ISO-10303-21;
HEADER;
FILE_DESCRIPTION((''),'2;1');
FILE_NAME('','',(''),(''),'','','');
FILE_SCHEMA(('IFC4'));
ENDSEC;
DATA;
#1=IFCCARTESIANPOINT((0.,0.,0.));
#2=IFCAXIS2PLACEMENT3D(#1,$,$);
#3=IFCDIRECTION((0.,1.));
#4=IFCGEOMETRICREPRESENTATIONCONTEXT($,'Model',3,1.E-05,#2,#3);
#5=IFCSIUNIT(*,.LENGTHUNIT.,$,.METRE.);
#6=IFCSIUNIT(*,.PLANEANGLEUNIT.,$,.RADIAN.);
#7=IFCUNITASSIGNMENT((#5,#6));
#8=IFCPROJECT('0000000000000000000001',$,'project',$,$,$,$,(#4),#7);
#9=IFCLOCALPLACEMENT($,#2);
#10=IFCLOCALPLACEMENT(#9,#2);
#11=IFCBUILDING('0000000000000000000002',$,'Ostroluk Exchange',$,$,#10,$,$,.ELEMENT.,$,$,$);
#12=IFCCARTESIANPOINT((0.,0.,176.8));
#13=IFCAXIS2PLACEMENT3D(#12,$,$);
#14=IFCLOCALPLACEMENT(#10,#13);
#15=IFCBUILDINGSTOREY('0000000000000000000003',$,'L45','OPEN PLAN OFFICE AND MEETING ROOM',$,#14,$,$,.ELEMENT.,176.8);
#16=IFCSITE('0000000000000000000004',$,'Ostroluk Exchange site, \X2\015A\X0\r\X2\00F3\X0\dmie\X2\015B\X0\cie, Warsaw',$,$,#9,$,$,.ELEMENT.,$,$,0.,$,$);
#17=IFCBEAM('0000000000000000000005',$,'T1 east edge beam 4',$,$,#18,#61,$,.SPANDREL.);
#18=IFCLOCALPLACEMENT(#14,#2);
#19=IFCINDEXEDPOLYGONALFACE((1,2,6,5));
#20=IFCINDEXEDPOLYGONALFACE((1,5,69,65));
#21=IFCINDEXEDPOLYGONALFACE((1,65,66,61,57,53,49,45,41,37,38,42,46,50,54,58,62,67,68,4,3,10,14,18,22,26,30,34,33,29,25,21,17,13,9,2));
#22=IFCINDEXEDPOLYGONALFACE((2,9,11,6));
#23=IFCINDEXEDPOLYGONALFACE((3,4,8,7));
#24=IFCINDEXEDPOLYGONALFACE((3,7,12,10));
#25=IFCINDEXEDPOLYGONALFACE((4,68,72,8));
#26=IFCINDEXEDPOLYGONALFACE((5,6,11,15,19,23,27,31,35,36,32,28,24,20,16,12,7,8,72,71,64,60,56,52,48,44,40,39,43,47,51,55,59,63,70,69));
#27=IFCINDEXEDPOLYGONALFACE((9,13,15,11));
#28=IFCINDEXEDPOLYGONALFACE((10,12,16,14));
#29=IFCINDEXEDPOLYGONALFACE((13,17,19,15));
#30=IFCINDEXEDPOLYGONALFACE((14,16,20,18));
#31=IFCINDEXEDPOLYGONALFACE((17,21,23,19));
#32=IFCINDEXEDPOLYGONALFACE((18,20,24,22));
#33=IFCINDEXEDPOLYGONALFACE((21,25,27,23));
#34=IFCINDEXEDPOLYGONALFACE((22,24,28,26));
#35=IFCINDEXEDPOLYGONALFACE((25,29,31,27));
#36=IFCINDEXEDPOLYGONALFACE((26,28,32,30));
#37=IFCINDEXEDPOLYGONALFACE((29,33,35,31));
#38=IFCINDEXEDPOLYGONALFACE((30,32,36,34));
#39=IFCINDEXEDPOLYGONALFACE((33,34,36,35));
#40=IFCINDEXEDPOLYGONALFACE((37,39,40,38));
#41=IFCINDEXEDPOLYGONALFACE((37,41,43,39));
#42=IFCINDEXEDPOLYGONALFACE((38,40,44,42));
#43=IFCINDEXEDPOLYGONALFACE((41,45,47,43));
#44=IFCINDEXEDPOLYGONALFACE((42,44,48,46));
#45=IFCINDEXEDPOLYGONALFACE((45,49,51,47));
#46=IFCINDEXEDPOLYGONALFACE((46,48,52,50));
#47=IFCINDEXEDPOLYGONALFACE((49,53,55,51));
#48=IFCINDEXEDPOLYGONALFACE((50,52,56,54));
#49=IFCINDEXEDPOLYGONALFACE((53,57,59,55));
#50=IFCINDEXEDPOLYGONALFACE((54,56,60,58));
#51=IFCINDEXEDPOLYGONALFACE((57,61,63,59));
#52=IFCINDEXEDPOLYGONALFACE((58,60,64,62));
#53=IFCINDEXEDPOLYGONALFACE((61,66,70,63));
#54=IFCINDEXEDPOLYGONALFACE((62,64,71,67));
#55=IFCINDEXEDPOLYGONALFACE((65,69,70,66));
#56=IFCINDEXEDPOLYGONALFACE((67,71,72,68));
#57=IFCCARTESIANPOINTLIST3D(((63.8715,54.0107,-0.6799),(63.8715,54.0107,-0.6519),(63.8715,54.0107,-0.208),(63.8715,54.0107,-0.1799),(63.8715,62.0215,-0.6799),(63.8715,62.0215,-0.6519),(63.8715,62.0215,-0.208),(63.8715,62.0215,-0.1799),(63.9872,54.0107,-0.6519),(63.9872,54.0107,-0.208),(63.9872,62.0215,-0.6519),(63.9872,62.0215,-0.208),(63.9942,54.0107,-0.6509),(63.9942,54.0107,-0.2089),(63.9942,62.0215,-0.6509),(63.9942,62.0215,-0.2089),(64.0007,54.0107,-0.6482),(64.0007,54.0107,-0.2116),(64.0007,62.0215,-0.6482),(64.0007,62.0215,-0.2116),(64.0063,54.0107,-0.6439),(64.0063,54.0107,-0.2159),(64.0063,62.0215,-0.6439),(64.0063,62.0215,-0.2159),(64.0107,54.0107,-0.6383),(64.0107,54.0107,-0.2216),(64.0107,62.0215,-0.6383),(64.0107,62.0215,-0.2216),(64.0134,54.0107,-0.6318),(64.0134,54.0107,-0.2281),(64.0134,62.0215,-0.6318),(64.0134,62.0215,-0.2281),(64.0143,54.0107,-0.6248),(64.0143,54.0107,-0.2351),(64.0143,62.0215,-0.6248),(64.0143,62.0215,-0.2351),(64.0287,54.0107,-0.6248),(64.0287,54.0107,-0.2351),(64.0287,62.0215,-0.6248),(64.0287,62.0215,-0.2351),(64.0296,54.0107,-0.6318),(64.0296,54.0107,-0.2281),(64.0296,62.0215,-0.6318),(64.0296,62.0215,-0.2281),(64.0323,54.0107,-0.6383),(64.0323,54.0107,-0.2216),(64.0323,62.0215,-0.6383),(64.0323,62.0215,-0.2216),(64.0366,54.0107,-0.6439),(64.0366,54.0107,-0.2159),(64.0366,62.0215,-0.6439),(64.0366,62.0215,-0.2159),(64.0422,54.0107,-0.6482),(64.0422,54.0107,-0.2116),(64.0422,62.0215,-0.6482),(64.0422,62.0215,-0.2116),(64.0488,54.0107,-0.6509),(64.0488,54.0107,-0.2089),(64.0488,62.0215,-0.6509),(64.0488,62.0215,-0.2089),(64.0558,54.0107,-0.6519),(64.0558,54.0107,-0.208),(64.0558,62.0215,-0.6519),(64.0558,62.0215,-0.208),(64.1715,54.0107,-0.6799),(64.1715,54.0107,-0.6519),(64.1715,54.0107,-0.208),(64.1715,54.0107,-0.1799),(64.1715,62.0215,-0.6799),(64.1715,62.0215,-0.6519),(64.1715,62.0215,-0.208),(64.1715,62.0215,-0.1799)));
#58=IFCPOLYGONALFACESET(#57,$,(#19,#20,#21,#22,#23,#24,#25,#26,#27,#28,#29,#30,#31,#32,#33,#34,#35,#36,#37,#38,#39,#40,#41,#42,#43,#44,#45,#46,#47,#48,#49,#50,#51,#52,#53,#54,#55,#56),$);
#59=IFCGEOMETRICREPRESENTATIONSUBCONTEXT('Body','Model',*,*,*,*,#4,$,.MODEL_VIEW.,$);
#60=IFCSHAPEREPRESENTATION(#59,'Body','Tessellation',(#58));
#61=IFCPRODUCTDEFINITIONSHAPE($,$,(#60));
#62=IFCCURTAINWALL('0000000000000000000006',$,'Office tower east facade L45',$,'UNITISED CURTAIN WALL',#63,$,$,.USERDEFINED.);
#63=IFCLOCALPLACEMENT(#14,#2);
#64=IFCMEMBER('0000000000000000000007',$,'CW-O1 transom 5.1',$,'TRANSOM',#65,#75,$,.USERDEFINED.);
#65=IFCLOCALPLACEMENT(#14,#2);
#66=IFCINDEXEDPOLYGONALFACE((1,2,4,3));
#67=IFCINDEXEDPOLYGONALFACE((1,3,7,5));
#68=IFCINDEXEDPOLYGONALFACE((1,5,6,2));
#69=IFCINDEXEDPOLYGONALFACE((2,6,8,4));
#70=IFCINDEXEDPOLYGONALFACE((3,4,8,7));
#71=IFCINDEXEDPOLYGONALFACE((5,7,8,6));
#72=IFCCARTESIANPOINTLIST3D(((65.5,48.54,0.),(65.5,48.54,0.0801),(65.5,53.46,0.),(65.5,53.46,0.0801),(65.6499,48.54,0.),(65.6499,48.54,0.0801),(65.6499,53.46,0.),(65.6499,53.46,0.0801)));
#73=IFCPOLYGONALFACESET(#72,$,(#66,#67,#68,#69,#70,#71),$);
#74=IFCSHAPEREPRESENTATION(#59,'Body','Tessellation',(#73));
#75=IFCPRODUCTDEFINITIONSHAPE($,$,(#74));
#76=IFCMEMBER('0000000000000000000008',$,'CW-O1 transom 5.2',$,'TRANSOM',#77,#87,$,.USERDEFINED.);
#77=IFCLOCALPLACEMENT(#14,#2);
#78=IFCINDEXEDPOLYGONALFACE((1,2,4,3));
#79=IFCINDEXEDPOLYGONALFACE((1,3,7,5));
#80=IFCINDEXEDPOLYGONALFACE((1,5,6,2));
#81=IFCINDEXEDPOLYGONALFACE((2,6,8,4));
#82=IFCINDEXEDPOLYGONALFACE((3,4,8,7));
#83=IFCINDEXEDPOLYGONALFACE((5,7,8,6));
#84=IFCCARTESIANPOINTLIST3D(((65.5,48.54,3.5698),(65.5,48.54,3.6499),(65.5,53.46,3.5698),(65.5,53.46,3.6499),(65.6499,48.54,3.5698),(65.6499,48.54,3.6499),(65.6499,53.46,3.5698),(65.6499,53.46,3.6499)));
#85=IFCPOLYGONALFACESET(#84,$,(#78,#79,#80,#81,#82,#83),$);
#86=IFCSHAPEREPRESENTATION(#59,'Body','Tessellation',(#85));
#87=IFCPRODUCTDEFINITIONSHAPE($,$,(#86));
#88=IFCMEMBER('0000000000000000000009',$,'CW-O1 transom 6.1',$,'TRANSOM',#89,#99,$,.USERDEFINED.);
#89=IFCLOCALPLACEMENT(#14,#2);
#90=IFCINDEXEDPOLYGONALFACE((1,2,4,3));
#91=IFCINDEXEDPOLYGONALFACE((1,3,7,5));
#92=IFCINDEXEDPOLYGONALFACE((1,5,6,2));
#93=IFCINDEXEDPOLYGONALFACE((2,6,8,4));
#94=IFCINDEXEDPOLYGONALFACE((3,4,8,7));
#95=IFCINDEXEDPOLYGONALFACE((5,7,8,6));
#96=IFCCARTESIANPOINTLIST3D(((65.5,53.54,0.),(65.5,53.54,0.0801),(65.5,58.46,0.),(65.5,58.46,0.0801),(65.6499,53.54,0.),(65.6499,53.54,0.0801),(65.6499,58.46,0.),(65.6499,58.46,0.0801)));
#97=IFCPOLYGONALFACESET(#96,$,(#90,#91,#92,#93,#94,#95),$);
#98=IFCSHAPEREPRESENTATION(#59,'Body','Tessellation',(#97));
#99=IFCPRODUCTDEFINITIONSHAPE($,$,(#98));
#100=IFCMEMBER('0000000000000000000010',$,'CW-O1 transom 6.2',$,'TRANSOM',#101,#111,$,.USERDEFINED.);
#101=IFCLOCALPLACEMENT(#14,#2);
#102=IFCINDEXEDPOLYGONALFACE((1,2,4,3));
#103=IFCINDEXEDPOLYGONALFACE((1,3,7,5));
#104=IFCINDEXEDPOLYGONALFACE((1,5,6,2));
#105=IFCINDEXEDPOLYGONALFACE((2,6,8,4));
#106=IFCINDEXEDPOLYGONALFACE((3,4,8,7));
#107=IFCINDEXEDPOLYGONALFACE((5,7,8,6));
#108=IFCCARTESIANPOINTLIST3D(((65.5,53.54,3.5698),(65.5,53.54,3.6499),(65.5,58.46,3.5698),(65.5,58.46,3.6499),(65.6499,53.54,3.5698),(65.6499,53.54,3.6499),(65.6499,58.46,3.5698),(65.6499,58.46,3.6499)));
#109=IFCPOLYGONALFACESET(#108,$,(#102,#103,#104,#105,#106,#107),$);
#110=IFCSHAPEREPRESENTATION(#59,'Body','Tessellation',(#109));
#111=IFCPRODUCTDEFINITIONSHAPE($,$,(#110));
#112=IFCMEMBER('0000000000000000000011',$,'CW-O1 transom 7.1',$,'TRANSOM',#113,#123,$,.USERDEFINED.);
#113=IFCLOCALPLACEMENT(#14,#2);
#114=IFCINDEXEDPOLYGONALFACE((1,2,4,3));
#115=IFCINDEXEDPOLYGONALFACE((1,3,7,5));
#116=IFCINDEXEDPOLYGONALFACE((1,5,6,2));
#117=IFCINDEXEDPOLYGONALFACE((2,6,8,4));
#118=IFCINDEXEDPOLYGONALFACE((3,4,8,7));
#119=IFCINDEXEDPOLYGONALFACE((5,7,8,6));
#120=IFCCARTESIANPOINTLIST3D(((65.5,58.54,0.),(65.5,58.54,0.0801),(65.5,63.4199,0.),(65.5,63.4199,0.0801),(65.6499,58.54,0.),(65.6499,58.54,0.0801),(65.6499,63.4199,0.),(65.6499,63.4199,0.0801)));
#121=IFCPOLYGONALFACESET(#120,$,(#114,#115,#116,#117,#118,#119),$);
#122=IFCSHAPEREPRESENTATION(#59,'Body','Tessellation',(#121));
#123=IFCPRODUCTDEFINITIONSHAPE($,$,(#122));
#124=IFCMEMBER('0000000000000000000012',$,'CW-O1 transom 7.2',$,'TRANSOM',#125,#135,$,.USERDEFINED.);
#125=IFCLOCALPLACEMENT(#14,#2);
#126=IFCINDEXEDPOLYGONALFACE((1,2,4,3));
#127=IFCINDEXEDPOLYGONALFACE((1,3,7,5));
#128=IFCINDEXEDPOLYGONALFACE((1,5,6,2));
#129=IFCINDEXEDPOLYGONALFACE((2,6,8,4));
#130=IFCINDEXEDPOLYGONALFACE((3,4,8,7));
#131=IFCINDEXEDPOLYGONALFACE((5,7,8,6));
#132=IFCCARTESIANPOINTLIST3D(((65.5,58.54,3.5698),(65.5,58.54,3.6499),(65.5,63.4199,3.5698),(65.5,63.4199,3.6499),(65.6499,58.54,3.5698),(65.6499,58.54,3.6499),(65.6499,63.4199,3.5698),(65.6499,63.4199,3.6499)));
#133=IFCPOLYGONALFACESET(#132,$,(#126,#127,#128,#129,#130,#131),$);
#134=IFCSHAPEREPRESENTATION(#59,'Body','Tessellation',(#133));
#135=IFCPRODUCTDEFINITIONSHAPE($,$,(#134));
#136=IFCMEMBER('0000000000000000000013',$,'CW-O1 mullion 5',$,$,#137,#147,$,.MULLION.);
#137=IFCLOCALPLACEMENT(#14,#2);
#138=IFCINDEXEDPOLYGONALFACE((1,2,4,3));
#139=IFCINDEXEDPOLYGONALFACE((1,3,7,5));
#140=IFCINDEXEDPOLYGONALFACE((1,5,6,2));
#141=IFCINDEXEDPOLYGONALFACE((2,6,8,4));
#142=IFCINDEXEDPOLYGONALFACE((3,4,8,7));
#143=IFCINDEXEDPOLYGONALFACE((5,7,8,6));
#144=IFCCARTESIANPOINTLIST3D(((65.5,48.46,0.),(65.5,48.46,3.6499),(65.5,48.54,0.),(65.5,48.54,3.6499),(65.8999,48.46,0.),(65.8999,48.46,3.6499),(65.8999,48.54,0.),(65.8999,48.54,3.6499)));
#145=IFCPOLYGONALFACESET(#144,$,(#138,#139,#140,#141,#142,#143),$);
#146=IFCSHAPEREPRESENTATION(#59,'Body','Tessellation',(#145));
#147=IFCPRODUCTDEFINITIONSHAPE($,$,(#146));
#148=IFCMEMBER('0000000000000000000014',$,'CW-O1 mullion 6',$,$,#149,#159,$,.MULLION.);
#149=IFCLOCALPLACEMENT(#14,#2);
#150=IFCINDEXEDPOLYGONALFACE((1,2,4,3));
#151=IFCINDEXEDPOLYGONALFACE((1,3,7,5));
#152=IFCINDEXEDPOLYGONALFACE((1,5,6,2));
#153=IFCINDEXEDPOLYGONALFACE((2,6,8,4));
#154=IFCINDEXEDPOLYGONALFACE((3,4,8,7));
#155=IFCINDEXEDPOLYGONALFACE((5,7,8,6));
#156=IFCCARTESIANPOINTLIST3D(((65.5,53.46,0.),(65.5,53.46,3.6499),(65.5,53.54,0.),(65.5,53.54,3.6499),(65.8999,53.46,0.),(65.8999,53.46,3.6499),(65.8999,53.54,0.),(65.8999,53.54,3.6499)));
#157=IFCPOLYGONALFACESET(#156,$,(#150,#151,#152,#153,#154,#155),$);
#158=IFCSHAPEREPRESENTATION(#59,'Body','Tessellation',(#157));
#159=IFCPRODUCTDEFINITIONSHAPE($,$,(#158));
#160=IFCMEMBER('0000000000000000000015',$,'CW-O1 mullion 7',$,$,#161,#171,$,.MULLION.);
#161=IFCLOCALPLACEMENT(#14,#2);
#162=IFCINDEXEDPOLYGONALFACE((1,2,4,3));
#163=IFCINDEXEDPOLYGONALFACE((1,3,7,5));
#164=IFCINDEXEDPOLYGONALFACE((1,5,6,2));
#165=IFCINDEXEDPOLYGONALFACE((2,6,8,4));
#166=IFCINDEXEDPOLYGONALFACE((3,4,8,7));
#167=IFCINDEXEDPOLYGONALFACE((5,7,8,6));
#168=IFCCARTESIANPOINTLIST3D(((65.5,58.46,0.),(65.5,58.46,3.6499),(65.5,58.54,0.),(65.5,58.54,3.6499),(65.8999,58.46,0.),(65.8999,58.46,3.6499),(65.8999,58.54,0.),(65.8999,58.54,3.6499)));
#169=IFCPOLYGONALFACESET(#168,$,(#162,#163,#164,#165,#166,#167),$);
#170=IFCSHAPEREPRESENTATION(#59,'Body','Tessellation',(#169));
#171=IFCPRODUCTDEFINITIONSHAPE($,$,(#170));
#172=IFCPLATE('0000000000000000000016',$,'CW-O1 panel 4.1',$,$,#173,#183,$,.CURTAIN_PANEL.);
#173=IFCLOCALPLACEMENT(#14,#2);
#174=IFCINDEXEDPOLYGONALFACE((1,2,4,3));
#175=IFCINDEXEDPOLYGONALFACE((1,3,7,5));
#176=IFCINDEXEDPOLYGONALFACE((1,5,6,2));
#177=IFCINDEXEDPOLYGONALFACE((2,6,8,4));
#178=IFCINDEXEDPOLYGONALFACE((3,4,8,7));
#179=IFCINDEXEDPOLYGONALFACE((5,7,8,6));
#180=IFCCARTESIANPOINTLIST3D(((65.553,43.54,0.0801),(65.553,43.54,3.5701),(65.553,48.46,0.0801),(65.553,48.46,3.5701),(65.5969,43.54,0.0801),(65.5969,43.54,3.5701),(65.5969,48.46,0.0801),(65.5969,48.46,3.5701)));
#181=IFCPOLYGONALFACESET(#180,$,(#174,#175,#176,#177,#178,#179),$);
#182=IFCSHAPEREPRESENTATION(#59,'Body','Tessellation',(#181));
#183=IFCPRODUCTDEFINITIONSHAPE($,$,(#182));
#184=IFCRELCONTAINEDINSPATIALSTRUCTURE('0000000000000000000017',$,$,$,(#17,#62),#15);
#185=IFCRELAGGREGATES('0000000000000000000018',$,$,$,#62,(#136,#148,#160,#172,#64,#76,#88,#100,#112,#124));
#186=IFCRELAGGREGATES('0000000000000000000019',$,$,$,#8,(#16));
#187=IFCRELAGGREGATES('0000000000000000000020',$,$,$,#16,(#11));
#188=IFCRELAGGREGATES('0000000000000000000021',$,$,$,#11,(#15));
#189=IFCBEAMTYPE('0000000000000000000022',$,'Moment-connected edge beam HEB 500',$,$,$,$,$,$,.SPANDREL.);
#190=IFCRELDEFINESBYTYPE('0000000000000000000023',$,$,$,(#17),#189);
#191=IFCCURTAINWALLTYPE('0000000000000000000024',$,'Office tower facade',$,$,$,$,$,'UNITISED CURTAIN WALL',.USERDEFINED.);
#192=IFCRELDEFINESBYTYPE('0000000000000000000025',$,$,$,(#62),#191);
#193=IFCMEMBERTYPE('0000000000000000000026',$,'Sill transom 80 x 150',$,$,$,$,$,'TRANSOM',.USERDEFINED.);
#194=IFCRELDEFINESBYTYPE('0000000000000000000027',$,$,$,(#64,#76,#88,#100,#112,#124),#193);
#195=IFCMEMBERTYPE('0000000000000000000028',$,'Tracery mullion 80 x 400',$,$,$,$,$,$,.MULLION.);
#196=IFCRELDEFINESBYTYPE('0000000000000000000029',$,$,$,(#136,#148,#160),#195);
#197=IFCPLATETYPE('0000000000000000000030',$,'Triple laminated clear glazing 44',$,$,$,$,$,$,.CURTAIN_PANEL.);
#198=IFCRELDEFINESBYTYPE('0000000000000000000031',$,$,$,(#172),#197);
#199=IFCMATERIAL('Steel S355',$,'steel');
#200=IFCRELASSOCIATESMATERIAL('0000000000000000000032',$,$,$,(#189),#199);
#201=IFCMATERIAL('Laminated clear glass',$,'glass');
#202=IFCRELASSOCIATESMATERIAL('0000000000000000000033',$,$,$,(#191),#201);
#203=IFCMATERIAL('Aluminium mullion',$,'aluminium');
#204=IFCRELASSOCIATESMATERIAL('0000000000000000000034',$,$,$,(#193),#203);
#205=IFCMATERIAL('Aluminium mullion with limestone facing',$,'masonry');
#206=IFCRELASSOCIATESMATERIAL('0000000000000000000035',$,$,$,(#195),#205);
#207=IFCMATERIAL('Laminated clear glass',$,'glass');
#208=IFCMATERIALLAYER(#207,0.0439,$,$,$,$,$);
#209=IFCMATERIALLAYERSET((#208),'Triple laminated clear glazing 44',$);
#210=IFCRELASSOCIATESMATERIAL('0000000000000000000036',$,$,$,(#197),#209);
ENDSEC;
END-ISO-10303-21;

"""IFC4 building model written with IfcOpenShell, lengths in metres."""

from ifc_helpers import new_model, si_unit, direction, frame, origin, origin_2d, place, context, subcontext, project, spatial, rectangle, i_section, extrude, material, layer, layer_set, material_profile, profile_set, type_object, element, aggregate, save


model = new_model("IFC4")

# Units and contexts
model_context = context("Model", 3, precision=1e-05, world=origin(), true_north=direction((0.0, 1.0)))
body_context = subcontext(model_context, "Body", "Model", "MODEL_VIEW")
ifc_project = project(units=[si_unit("LENGTHUNIT", "METRE"), si_unit("PLANEANGLEUNIT", "RADIAN")], contexts=[model_context])

# Site, building, storey
site_placement = place(None, origin())
site = spatial("IfcSite", under=ifc_project, at=site_placement, Name="Ostroluk Exchange site, Śródmieście, Warsaw", CompositionType="ELEMENT", RefElevation=0.0)
building_placement = place(site_placement, origin())
building = spatial("IfcBuilding", under=site, at=building_placement, Name="Ostroluk Exchange", CompositionType="ELEMENT")
storey_placement = place(building_placement, frame((0.0, 0.0, 176.8)))
storey = spatial("IfcBuildingStorey", under=building, at=storey_placement, Name="L45", Description="OPEN PLAN OFFICE AND MEETING ROOM", CompositionType="ELEMENT", Elevation=176.8)

# Beam
ifc_material_1 = material(Name="Steel S355", Category="steel")
ifc_material_profile_1 = material_profile(ifc_material_1, i_section(OverallWidth=0.3, OverallDepth=0.5, WebThickness=0.0144, FlangeThickness=0.0281, FilletRadius=0.0271, at=origin_2d()), Name="HEB 500")
ifc_profile_set_1 = profile_set([ifc_material_profile_1], Name="Steel S355")
beam_type = type_object("IfcBeamType", Name="Moment-connected edge beam HEB 500", PredefinedType="SPANDREL", material=ifc_profile_set_1)
for number, where, z_axis, x_axis, name in (
    (1, (64.0215, 54.0107, -0.4299), (0.0, 1.0, 0.0), (-1.0, 0.0, 0.0), "T1 east edge beam 4"),
):
    element("IfcBeam", number, at=place(storey_placement, frame(where, z_axis=z_axis, x_axis=x_axis)), inside=storey, type_object=beam_type, Name=name, PredefinedType="SPANDREL", context=body_context, shape_type="SweptSolid", body=[
        extrude(i_section(OverallWidth=0.3, OverallDepth=0.5, WebThickness=0.0144, FlangeThickness=0.0281, FilletRadius=0.0271, at=origin_2d()), origin(), (0.0, 0.0, 1.0), 8.0107),
    ])

# Curtain wall, members, plate
ifc_material_2 = material(Name="Laminated clear glass", Category="glass")
curtain_wall_type = type_object("IfcCurtainWallType", Name="Office tower facade", ElementType="UNITISED CURTAIN WALL", PredefinedType="USERDEFINED", material=ifc_material_2)
curtain_wall_placement = place(storey_placement, origin())
curtain_wall = element("IfcCurtainWall", 2, at=curtain_wall_placement, inside=storey, type_object=curtain_wall_type, Name="Office tower east facade L45", ObjectType="UNITISED CURTAIN WALL", PredefinedType="USERDEFINED")
ifc_material_3 = material(Name="Aluminium mullion", Category="aluminium")
ifc_material_profile_2 = material_profile(ifc_material_3, rectangle(XDim=0.1499, YDim=0.0801, at=origin_2d()), Name="Sill transom 80 x 150")
ifc_profile_set_2 = profile_set([ifc_material_profile_2], Name="Aluminium mullion")
member_type_1 = type_object("IfcMemberType", Name="Sill transom 80 x 150", ElementType="TRANSOM", PredefinedType="USERDEFINED", material=ifc_profile_set_2)
member_1_placement = place(storey_placement, frame((65.575, 48.54, 0.04), z_axis=(0.0, 1.0, 0.0), x_axis=(-1.0, 0.0, 0.0)))
member_1 = element("IfcMember", 3, at=member_1_placement, type_object=member_type_1, Name="CW-O1 transom 5.1", ObjectType="TRANSOM", PredefinedType="USERDEFINED", context=body_context, shape_type="SweptSolid", body=[
    extrude(rectangle(XDim=0.1499, YDim=0.0801, at=origin_2d()), origin(), (0.0, 0.0, 1.0), 4.9199),
])
member_2_placement = place(storey_placement, frame((65.575, 48.54, 3.6099), z_axis=(0.0, 1.0, 0.0), x_axis=(-1.0, 0.0, 0.0)))
member_2 = element("IfcMember", 4, at=member_2_placement, type_object=member_type_1, Name="CW-O1 transom 5.2", ObjectType="TRANSOM", PredefinedType="USERDEFINED", context=body_context, shape_type="SweptSolid", body=[
    extrude(rectangle(XDim=0.1499, YDim=0.0801, at=origin_2d()), origin(), (0.0, 0.0, 1.0), 4.9199),
])
member_3_placement = place(storey_placement, frame((65.575, 53.54, 0.04), z_axis=(0.0, 1.0, 0.0), x_axis=(-1.0, 0.0, 0.0)))
member_3 = element("IfcMember", 5, at=member_3_placement, type_object=member_type_1, Name="CW-O1 transom 6.1", ObjectType="TRANSOM", PredefinedType="USERDEFINED", context=body_context, shape_type="SweptSolid", body=[
    extrude(rectangle(XDim=0.1499, YDim=0.0801, at=origin_2d()), origin(), (0.0, 0.0, 1.0), 4.9199),
])
member_4_placement = place(storey_placement, frame((65.575, 53.54, 3.6099), z_axis=(0.0, 1.0, 0.0), x_axis=(-1.0, 0.0, 0.0)))
member_4 = element("IfcMember", 6, at=member_4_placement, type_object=member_type_1, Name="CW-O1 transom 6.2", ObjectType="TRANSOM", PredefinedType="USERDEFINED", context=body_context, shape_type="SweptSolid", body=[
    extrude(rectangle(XDim=0.1499, YDim=0.0801, at=origin_2d()), origin(), (0.0, 0.0, 1.0), 4.9199),
])
member_5_placement = place(storey_placement, frame((65.575, 58.54, 0.04), z_axis=(0.0, 1.0, 0.0), x_axis=(-1.0, 0.0, 0.0)))
member_5 = element("IfcMember", 7, at=member_5_placement, type_object=member_type_1, Name="CW-O1 transom 7.1", ObjectType="TRANSOM", PredefinedType="USERDEFINED", context=body_context, shape_type="SweptSolid", body=[
    extrude(rectangle(XDim=0.1499, YDim=0.0801, at=origin_2d()), origin(), (0.0, 0.0, 1.0), 4.8799),
])
member_6_placement = place(storey_placement, frame((65.575, 58.54, 3.6099), z_axis=(0.0, 1.0, 0.0), x_axis=(-1.0, 0.0, 0.0)))
member_6 = element("IfcMember", 8, at=member_6_placement, type_object=member_type_1, Name="CW-O1 transom 7.2", ObjectType="TRANSOM", PredefinedType="USERDEFINED", context=body_context, shape_type="SweptSolid", body=[
    extrude(rectangle(XDim=0.1499, YDim=0.0801, at=origin_2d()), origin(), (0.0, 0.0, 1.0), 4.8799),
])
ifc_material_4 = material(Name="Aluminium mullion with limestone facing", Category="masonry")
ifc_material_profile_3 = material_profile(ifc_material_4, rectangle(XDim=0.3999, YDim=0.0801, at=origin_2d()), Name="Tracery mullion 80 x 400")
ifc_profile_set_3 = profile_set([ifc_material_profile_3], Name="Aluminium mullion with limestone facing")
member_type_2 = type_object("IfcMemberType", Name="Tracery mullion 80 x 400", PredefinedType="MULLION", material=ifc_profile_set_3)
member_7_placement = place(storey_placement, frame((65.7, 48.5, 0.0), z_axis=(0.0, 0.0, 1.0), x_axis=(-1.0, 0.0, 0.0)))
member_7 = element("IfcMember", 9, at=member_7_placement, type_object=member_type_2, Name="CW-O1 mullion 5", PredefinedType="MULLION", context=body_context, shape_type="SweptSolid", body=[
    extrude(rectangle(XDim=0.3999, YDim=0.0801, at=origin_2d()), origin(), (0.0, 0.0, 1.0), 3.6499),
])
member_8_placement = place(storey_placement, frame((65.7, 53.5, 0.0), z_axis=(0.0, 0.0, 1.0), x_axis=(-1.0, 0.0, 0.0)))
member_8 = element("IfcMember", 10, at=member_8_placement, type_object=member_type_2, Name="CW-O1 mullion 6", PredefinedType="MULLION", context=body_context, shape_type="SweptSolid", body=[
    extrude(rectangle(XDim=0.3999, YDim=0.0801, at=origin_2d()), origin(), (0.0, 0.0, 1.0), 3.6499),
])
member_9_placement = place(storey_placement, frame((65.7, 58.5, 0.0), z_axis=(0.0, 0.0, 1.0), x_axis=(-1.0, 0.0, 0.0)))
member_9 = element("IfcMember", 11, at=member_9_placement, type_object=member_type_2, Name="CW-O1 mullion 7", PredefinedType="MULLION", context=body_context, shape_type="SweptSolid", body=[
    extrude(rectangle(XDim=0.3999, YDim=0.0801, at=origin_2d()), origin(), (0.0, 0.0, 1.0), 3.6499),
])
ifc_material_5 = material(Name="Laminated clear glass", Category="glass")
ifc_layer_1 = layer(ifc_material_5, 0.0439)
ifc_layer_set_1 = layer_set([ifc_layer_1], Name="Triple laminated clear glazing 44")
plate_type = type_object("IfcPlateType", Name="Triple laminated clear glazing 44", PredefinedType="CURTAIN_PANEL", material=ifc_layer_set_1)
plate_1_placement = place(storey_placement, frame((65.575, 46.0, 0.0801), z_axis=(0.0, 0.0, 1.0), x_axis=(0.0, 1.0, 0.0)))
plate_1 = element("IfcPlate", 12, at=plate_1_placement, type_object=plate_type, Name="CW-O1 panel 4.1", PredefinedType="CURTAIN_PANEL", context=body_context, shape_type="SweptSolid", body=[
    extrude(rectangle(XDim=4.9199, YDim=0.0439, at=origin_2d()), origin(), (0.0, 0.0, 1.0), 3.49),
])
aggregate(curtain_wall, [member_7, member_8, member_9, plate_1, member_1, member_2, member_3, member_4, member_5, member_6])

save(model, "model.ifc")
